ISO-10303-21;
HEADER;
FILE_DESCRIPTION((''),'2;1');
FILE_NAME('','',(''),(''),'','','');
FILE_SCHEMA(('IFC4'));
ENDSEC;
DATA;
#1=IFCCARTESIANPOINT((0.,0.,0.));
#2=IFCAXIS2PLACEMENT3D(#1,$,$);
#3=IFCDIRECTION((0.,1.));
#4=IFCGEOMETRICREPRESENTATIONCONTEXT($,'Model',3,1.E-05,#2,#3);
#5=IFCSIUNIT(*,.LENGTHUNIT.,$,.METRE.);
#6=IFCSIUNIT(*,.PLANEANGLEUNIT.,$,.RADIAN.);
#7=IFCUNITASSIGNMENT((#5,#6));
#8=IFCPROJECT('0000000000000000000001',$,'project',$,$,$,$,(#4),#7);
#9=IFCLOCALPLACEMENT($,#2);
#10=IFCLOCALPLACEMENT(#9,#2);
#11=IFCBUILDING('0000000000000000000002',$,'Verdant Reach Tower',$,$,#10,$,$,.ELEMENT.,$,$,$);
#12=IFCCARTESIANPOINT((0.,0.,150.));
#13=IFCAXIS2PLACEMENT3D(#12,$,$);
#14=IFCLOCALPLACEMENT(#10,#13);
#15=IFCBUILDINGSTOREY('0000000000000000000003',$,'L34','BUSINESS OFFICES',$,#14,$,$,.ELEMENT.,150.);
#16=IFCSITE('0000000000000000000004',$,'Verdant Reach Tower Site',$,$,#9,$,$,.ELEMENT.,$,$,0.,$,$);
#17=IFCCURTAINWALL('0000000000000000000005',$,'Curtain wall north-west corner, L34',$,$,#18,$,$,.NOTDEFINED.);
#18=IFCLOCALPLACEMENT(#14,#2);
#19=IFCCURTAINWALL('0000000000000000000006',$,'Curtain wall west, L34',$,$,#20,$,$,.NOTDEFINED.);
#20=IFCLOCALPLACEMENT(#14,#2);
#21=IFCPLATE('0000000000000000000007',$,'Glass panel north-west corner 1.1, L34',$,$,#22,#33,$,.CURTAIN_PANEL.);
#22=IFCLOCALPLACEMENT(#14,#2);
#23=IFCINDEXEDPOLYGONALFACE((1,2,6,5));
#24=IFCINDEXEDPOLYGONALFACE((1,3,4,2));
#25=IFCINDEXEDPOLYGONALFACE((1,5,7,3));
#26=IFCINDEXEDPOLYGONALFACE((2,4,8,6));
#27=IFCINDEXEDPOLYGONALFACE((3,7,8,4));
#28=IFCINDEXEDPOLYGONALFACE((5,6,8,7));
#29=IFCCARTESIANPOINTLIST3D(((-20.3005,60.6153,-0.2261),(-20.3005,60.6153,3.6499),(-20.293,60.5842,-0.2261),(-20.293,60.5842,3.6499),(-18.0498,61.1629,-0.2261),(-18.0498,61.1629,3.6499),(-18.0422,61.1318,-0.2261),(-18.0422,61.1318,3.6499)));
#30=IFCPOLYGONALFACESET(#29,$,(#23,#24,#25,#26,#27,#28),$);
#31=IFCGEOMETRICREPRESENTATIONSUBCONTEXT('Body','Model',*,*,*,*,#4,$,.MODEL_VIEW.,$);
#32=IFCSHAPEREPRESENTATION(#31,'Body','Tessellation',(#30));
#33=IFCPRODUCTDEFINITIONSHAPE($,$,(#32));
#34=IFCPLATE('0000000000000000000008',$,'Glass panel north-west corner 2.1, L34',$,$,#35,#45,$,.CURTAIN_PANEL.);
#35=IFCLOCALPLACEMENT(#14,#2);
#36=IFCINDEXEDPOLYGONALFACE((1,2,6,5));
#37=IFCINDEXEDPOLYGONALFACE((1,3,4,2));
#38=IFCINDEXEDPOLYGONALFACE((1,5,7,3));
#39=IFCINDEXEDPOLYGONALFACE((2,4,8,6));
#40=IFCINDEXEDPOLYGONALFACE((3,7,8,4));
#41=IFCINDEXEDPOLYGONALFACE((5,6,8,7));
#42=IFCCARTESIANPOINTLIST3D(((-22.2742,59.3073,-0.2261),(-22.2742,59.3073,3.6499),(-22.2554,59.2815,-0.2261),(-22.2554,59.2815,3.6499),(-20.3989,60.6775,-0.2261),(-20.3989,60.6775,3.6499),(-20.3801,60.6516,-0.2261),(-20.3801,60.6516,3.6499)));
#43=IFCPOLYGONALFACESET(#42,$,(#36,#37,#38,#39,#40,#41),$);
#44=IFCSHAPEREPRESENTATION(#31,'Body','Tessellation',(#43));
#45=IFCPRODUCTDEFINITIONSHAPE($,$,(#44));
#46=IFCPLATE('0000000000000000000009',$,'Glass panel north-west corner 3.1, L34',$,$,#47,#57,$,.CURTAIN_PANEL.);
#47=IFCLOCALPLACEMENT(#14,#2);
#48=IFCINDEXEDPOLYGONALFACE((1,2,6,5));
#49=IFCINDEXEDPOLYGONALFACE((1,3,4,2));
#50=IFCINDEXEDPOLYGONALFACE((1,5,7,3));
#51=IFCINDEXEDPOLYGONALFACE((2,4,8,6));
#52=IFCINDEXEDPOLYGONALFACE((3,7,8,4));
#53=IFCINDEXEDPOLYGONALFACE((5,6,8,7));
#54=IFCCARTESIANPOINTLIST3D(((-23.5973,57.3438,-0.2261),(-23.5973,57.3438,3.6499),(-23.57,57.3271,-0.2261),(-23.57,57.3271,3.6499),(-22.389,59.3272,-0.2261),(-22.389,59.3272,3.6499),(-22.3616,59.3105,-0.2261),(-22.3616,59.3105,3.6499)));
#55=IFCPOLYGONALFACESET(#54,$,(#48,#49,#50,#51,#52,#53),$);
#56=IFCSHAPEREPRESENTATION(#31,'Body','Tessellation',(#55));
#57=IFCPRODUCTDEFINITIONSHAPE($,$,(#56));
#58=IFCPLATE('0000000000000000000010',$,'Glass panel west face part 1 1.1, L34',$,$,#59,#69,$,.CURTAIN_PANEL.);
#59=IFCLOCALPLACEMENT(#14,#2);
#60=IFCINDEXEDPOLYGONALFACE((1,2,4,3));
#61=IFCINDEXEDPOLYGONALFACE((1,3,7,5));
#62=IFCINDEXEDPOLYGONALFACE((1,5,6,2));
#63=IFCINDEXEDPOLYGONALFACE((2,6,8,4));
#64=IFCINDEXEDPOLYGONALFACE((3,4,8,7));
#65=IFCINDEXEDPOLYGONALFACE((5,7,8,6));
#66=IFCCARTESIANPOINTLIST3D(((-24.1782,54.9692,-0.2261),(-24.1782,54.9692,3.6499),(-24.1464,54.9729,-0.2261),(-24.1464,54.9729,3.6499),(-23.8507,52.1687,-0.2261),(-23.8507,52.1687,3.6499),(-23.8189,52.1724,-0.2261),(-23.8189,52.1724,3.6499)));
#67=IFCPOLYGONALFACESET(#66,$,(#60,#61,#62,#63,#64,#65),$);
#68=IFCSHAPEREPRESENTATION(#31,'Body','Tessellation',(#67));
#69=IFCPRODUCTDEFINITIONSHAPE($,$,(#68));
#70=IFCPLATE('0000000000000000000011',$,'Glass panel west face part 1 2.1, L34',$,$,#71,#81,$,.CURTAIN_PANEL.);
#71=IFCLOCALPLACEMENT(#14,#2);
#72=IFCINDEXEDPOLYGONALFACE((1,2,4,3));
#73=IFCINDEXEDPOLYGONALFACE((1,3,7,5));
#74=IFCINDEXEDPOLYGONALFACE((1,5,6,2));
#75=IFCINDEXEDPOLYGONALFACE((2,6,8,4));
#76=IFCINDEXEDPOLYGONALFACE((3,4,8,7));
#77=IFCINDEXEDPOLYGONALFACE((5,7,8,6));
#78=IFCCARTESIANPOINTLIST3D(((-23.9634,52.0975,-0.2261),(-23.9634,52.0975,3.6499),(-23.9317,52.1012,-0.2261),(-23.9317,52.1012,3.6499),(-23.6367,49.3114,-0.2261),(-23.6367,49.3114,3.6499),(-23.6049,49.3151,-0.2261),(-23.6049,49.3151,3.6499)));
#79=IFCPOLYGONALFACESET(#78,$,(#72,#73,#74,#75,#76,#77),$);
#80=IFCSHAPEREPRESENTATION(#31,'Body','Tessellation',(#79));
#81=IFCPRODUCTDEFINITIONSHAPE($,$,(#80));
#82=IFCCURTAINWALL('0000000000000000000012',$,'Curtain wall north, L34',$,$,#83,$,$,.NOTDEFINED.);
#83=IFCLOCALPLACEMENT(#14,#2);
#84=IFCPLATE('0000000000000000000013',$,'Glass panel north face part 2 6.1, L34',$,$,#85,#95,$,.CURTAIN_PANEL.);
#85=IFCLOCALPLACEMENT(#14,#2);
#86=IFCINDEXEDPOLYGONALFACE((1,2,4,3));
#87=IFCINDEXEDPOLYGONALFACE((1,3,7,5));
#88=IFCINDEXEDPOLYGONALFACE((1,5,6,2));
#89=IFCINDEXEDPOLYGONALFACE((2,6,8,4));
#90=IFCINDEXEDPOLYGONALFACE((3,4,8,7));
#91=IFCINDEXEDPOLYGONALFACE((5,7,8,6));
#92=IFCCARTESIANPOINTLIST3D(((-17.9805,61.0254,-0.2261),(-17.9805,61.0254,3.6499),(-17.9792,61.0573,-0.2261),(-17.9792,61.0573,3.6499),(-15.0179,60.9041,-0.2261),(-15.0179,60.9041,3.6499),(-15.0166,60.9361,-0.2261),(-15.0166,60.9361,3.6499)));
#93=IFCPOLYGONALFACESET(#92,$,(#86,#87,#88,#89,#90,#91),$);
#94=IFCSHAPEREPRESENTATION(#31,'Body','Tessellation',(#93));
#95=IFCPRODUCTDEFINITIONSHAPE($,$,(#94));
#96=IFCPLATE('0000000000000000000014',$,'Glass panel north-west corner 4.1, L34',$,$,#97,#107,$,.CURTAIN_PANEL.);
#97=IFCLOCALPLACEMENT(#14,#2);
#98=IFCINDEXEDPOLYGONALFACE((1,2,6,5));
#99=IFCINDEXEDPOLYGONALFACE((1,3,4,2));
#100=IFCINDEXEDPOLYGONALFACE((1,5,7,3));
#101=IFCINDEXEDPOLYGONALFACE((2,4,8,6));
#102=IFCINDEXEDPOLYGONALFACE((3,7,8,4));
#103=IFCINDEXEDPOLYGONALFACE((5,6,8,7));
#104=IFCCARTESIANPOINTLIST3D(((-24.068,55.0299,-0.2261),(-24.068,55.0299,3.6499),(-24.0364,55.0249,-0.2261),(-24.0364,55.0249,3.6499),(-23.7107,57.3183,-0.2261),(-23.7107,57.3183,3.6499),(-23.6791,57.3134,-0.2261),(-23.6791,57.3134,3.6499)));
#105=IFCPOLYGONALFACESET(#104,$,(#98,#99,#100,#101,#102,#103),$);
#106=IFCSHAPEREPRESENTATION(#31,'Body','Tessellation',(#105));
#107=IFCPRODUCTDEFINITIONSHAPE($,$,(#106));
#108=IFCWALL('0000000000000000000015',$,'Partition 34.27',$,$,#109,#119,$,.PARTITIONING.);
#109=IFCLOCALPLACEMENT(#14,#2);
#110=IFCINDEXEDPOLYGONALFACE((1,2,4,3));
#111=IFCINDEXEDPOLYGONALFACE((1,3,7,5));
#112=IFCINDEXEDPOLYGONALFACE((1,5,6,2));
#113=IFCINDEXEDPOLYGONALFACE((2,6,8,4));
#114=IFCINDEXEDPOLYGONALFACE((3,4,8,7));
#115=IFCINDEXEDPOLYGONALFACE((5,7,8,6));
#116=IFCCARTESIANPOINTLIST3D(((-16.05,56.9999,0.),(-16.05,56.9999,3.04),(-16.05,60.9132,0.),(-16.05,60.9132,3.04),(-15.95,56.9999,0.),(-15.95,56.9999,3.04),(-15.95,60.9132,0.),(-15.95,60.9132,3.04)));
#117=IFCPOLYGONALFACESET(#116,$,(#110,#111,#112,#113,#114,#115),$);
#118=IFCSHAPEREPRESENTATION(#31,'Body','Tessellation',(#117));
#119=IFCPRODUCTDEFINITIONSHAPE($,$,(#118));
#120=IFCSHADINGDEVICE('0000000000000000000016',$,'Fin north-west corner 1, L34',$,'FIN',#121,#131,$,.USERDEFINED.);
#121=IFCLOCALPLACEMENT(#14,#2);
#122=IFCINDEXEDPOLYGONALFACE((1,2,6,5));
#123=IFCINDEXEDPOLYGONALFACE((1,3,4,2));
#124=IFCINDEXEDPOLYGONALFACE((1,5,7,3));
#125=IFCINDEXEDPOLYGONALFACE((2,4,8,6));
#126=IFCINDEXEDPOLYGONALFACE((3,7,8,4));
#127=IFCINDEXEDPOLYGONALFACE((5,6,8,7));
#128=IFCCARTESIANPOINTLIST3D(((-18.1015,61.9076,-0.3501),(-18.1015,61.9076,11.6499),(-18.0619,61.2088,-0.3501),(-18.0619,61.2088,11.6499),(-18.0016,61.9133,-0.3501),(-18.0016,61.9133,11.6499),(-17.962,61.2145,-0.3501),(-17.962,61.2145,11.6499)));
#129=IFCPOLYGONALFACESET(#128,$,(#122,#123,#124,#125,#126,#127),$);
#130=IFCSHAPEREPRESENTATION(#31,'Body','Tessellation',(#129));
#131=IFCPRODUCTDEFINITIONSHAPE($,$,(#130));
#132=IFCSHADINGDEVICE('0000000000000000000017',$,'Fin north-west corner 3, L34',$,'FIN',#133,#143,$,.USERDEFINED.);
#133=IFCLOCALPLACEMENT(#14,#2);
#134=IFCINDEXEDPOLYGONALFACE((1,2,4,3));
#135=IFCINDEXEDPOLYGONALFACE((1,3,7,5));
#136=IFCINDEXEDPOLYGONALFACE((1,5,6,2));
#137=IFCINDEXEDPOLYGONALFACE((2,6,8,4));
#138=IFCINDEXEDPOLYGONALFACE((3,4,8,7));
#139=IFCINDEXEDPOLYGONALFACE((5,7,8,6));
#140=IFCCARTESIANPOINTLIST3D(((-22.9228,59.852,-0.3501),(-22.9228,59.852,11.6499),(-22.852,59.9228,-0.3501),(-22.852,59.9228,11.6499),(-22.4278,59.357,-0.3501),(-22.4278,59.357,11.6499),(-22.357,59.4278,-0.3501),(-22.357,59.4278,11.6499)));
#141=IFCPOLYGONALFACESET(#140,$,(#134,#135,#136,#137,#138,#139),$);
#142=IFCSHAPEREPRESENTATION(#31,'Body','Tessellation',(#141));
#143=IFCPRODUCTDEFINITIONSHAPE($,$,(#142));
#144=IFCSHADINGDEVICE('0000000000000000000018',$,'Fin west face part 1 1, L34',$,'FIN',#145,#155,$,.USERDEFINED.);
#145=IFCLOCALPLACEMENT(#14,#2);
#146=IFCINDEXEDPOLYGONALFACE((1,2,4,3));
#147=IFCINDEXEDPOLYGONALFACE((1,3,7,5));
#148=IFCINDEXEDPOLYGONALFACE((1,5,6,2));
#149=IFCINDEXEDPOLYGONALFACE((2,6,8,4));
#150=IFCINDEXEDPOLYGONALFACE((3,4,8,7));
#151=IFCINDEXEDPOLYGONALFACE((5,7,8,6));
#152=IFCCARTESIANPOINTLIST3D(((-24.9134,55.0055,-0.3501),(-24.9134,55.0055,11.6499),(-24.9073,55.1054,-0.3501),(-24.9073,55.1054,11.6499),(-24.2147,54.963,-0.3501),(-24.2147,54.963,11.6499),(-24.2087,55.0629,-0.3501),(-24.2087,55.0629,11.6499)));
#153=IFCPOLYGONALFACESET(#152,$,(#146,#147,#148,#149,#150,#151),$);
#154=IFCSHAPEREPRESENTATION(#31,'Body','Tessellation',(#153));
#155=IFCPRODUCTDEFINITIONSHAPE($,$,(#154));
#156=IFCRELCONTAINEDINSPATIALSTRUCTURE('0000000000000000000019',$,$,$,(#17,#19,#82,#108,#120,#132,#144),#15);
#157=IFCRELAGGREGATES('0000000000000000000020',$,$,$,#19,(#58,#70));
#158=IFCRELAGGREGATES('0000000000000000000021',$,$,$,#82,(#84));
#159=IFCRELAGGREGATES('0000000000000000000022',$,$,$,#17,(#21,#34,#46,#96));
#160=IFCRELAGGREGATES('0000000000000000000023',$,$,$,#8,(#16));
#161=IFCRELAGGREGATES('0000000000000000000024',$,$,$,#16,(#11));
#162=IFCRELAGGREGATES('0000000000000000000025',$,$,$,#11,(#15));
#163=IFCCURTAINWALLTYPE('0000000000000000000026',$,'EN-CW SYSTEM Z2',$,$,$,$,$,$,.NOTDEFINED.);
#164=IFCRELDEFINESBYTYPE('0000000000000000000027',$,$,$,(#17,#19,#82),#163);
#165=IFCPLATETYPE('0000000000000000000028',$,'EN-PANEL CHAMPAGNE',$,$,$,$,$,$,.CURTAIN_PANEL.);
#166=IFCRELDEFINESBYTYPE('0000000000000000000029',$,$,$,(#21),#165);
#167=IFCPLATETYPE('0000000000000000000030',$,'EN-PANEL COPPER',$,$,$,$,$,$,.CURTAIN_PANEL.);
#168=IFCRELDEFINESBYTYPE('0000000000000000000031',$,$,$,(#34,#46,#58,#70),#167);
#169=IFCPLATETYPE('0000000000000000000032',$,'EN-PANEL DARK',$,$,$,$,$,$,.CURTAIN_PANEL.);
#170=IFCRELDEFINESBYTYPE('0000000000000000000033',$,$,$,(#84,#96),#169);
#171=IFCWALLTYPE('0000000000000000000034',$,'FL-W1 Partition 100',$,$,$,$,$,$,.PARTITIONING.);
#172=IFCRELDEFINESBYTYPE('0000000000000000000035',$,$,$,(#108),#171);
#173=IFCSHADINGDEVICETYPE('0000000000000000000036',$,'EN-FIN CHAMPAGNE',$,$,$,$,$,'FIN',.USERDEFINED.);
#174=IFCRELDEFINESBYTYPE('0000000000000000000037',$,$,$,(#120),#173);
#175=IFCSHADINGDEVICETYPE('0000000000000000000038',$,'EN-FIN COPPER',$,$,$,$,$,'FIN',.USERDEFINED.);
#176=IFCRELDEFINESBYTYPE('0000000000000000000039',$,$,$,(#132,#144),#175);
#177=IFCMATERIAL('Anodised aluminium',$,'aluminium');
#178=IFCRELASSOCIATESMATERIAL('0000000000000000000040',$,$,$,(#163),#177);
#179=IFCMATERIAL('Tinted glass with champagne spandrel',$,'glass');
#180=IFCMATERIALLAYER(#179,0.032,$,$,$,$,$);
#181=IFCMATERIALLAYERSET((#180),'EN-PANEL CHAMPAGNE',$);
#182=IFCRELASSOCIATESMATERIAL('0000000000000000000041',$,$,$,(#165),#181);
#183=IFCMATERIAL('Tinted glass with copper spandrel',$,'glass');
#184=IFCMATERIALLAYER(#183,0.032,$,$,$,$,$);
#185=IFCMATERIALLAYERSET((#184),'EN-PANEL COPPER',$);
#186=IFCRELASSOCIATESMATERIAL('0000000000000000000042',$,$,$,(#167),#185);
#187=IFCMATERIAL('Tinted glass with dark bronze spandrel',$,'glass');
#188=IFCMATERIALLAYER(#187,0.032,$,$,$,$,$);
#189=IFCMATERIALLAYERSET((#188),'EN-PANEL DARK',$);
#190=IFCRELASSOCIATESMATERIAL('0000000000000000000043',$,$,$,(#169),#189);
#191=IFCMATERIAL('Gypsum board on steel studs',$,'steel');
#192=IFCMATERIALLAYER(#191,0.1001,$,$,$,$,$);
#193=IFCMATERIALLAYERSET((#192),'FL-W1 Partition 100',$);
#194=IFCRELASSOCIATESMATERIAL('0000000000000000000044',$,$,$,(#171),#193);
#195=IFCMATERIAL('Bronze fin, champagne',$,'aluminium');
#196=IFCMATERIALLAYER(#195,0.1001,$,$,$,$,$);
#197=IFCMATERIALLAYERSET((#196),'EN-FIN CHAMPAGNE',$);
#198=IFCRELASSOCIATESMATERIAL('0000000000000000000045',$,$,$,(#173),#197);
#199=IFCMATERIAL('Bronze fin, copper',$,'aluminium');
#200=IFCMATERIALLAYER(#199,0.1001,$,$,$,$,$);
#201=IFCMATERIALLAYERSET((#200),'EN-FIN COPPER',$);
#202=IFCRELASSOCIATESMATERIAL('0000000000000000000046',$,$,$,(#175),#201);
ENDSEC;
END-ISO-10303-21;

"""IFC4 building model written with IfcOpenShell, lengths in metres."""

from ifc_helpers import new_model, si_unit, direction, frame, frame_2d, origin, origin_2d, place, context, subcontext, project, spatial, rectangle, extrude, material, layer, layer_set, type_object, element, aggregate, save


model = new_model("IFC4")

# Units and contexts
model_context = context("Model", 3, precision=1e-05, world=origin(), true_north=direction((0.0, 1.0)))
body_context = subcontext(model_context, "Body", "Model", "MODEL_VIEW")
ifc_project = project(units=[si_unit("LENGTHUNIT", "METRE"), si_unit("PLANEANGLEUNIT", "RADIAN")], contexts=[model_context])

# Site, building, storey
site_placement = place(None, origin())
site = spatial("IfcSite", under=ifc_project, at=site_placement, Name="Verdant Reach Tower Site", CompositionType="ELEMENT", RefElevation=0.0)
building_placement = place(site_placement, origin())
building = spatial("IfcBuilding", under=site, at=building_placement, Name="Verdant Reach Tower", CompositionType="ELEMENT")
storey_placement = place(building_placement, frame((0.0, 0.0, 150.0)))
storey = spatial("IfcBuildingStorey", under=building, at=storey_placement, Name="L34", Description="BUSINESS OFFICES", CompositionType="ELEMENT", Elevation=150.0)

# Curtain walls
ifc_material_1 = material(Name="Anodised aluminium", Category="aluminium")
curtain_wall_type = type_object("IfcCurtainWallType", Name="EN-CW SYSTEM Z2", PredefinedType="NOTDEFINED", material=ifc_material_1)
curtain_wall_1_placement = place(storey_placement, origin())
curtain_wall_1 = element("IfcCurtainWall", 1, at=curtain_wall_1_placement, inside=storey, type_object=curtain_wall_type, Name="Curtain wall north-west corner, L34", PredefinedType="NOTDEFINED")
curtain_wall_2_placement = place(storey_placement, origin())
curtain_wall_2 = element("IfcCurtainWall", 2, at=curtain_wall_2_placement, inside=storey, type_object=curtain_wall_type, Name="Curtain wall west, L34", PredefinedType="NOTDEFINED")

# Plates
ifc_material_2 = material(Name="Tinted glass with champagne spandrel", Category="glass")
ifc_layer_1 = layer(ifc_material_2, 0.032)
ifc_layer_set_1 = layer_set([ifc_layer_1], Name="EN-PANEL CHAMPAGNE")
plate_type_1 = type_object("IfcPlateType", Name="EN-PANEL CHAMPAGNE", PredefinedType="CURTAIN_PANEL", material=ifc_layer_set_1)
plate_1_placement = place(storey_placement, frame((-19.1714, 60.8735, -0.2261), z_axis=(0.0, 0.0, 1.0), x_axis=(-0.971658, -0.236391, 0.0)))
plate_1 = element("IfcPlate", 3, at=plate_1_placement, type_object=plate_type_1, Name="Glass panel north-west corner 1.1, L34", PredefinedType="CURTAIN_PANEL", context=body_context, shape_type="SweptSolid", body=[
    extrude(rectangle(XDim=2.3164, YDim=0.032, at=origin_2d()), origin(), (0.0, 0.0, 1.0), 3.876),
])
ifc_material_3 = material(Name="Tinted glass with copper spandrel", Category="glass")
ifc_layer_2 = layer(ifc_material_3, 0.032)
ifc_layer_set_2 = layer_set([ifc_layer_2], Name="EN-PANEL COPPER")
plate_type_2 = type_object("IfcPlateType", Name="EN-PANEL COPPER", PredefinedType="CURTAIN_PANEL", material=ifc_layer_set_2)
plate_2_placement = place(storey_placement, frame((-21.3271, 59.9795, -0.2261), z_axis=(0.0, 0.0, 1.0), x_axis=(-0.807457, -0.589927, 0.0)))
plate_2 = element("IfcPlate", 4, at=plate_2_placement, type_object=plate_type_2, Name="Glass panel north-west corner 2.1, L34", PredefinedType="CURTAIN_PANEL", context=body_context, shape_type="SweptSolid", body=[
    extrude(rectangle(XDim=2.3225, YDim=0.032, at=origin_2d()), origin(), (0.0, 0.0, 1.0), 3.876),
])
plate_3_placement = place(storey_placement, frame((-22.9795, 58.3271, -0.2261), z_axis=(0.0, 0.0, 1.0), x_axis=(-0.520292, -0.853989, 0.0)))
plate_3 = element("IfcPlate", 5, at=plate_3_placement, type_object=plate_type_2, Name="Glass panel north-west corner 3.1, L34", PredefinedType="CURTAIN_PANEL", context=body_context, shape_type="SweptSolid", body=[
    extrude(rectangle(XDim=2.3225, YDim=0.032, at=origin_2d()), origin(), (0.0, 0.0, 1.0), 3.876),
])
plate_4_placement = place(storey_placement, frame((-23.9985, 53.5708, -0.2261), z_axis=(0.0, 0.0, 1.0), x_axis=(0.116147, -0.993232, 0.0)))
plate_4 = element("IfcPlate", 6, at=plate_4_placement, type_object=plate_type_2, Name="Glass panel west face part 1 1.1, L34", PredefinedType="CURTAIN_PANEL", context=body_context, shape_type="SweptSolid", body=[
    extrude(rectangle(XDim=2.8196, YDim=0.032, at=origin_2d()), origin(), (0.0, 0.0, 1.0), 3.876),
])
plate_5_placement = place(storey_placement, frame((-23.7842, 50.7063, -0.2261), z_axis=(0.0, 0.0, 1.0), x_axis=(0.116483, -0.993193, 0.0)))
plate_5 = element("IfcPlate", 7, at=plate_5_placement, type_object=plate_type_2, Name="Glass panel west face part 1 2.1, L34", PredefinedType="CURTAIN_PANEL", context=body_context, shape_type="SweptSolid", body=[
    extrude(rectangle(XDim=2.8052, YDim=0.032, at=origin_2d()), origin(), (0.0, 0.0, 1.0), 3.876),
])
aggregate(curtain_wall_2, [plate_4, plate_5])

# Curtain wall, plate
curtain_wall_3_placement = place(storey_placement, origin())
curtain_wall_3 = element("IfcCurtainWall", 8, at=curtain_wall_3_placement, inside=storey, type_object=curtain_wall_type, Name="Curtain wall north, L34", PredefinedType="NOTDEFINED")
ifc_material_4 = material(Name="Tinted glass with dark bronze spandrel", Category="glass")
ifc_layer_3 = layer(ifc_material_4, 0.032)
ifc_layer_set_3 = layer_set([ifc_layer_3], Name="EN-PANEL DARK")
plate_type_3 = type_object("IfcPlateType", Name="EN-PANEL DARK", PredefinedType="CURTAIN_PANEL", material=ifc_layer_set_3)
plate_6_placement = place(storey_placement, frame((-16.4985, 60.9807, -0.2261), z_axis=(0.0, 0.0, 1.0), x_axis=(-0.999163, 0.0409, 0.0)))
plate_6 = element("IfcPlate", 9, at=plate_6_placement, type_object=plate_type_3, Name="Glass panel north face part 2 6.1, L34", PredefinedType="CURTAIN_PANEL", context=body_context, shape_type="SweptSolid", body=[
    extrude(rectangle(XDim=2.9651, YDim=0.032, at=origin_2d()), origin(), (0.0, 0.0, 1.0), 3.876),
])
aggregate(curtain_wall_3, [plate_6])

# Plate
plate_7_placement = place(storey_placement, frame((-23.8735, 56.1716, -0.2261), z_axis=(0.0, 0.0, 1.0), x_axis=(-0.154281, -0.988027, 0.0)))
plate_7 = element("IfcPlate", 10, at=plate_7_placement, type_object=plate_type_3, Name="Glass panel north-west corner 4.1, L34", PredefinedType="CURTAIN_PANEL", context=body_context, shape_type="SweptSolid", body=[
    extrude(rectangle(XDim=2.3162, YDim=0.032, at=origin_2d()), origin(), (0.0, 0.0, 1.0), 3.876),
])
aggregate(curtain_wall_1, [plate_1, plate_2, plate_3, plate_7])

# Wall
ifc_material_5 = material(Name="Gypsum board on steel studs", Category="steel")
ifc_layer_4 = layer(ifc_material_5, 0.1001)
ifc_layer_set_4 = layer_set([ifc_layer_4], Name="FL-W1 Partition 100")
wall_type = type_object("IfcWallType", Name="FL-W1 Partition 100", PredefinedType="PARTITIONING", material=ifc_layer_set_4)
wall_placement = place(storey_placement, frame((-16.0, 57.0, 0.0), z_axis=(0.0, 0.0, 1.0), x_axis=(0.0, 1.0, 0.0)))
element("IfcWall", 11, at=wall_placement, inside=storey, type_object=wall_type, Name="Partition 34.27", PredefinedType="PARTITIONING", context=body_context, shape_type="SweptSolid", body=[
    extrude(rectangle(XDim=3.9133, YDim=0.1001, at=frame_2d((1.9565, 0.0))), origin(), (0.0, 0.0, 1.0), 3.04),
])

# Shading devices
ifc_material_6 = material(Name="Bronze fin, champagne", Category="aluminium")
ifc_layer_5 = layer(ifc_material_6, 0.1001)
ifc_layer_set_5 = layer_set([ifc_layer_5], Name="EN-FIN CHAMPAGNE")
shading_device_type_1 = type_object("IfcShadingDeviceType", Name="EN-FIN CHAMPAGNE", ElementType="FIN", PredefinedType="USERDEFINED", material=ifc_layer_set_5)
shading_device_placement = place(storey_placement, frame((-18.0317, 61.561, -0.3501), z_axis=(0.0, 0.0, 1.0), x_axis=(-0.998399, -0.056569, 0.0)))
element("IfcShadingDevice", 12, at=shading_device_placement, inside=storey, type_object=shading_device_type_1, Name="Fin north-west corner 1, L34", ObjectType="FIN", PredefinedType="USERDEFINED", context=body_context, shape_type="SweptSolid", body=[
    extrude(rectangle(XDim=0.1001, YDim=0.7, at=origin_2d()), origin(), (0.0, 0.0, 1.0), 12.0),
])
ifc_material_7 = material(Name="Bronze fin, copper", Category="aluminium")
ifc_layer_6 = layer(ifc_material_7, 0.1001)
ifc_layer_set_6 = layer_set([ifc_layer_6], Name="EN-FIN COPPER")
shading_device_type_2 = type_object("IfcShadingDeviceType", Name="EN-FIN COPPER", ElementType="FIN", PredefinedType="USERDEFINED", material=ifc_layer_set_6)
for number, where, z_axis, x_axis, name in (
    (13, (-22.6399, 59.6399, -0.3501), (0.0, 0.0, 1.0), (-0.707107, -0.707107, 0.0), "Fin north-west corner 3, L34"),
    (14, (-24.561, 55.0342, -0.3501), (0.0, 0.0, 1.0), (-0.060703, -0.998156, 0.0), "Fin west face part 1 1, L34"),
):
    element("IfcShadingDevice", number, at=place(storey_placement, frame(where, z_axis=z_axis, x_axis=x_axis)), inside=storey, type_object=shading_device_type_2, Name=name, ObjectType="FIN", PredefinedType="USERDEFINED", context=body_context, shape_type="SweptSolid", body=[
        extrude(rectangle(XDim=0.1001, YDim=0.7, at=origin_2d()), origin(), (0.0, 0.0, 1.0), 12.0),
    ])

save(model, "model.ifc")
